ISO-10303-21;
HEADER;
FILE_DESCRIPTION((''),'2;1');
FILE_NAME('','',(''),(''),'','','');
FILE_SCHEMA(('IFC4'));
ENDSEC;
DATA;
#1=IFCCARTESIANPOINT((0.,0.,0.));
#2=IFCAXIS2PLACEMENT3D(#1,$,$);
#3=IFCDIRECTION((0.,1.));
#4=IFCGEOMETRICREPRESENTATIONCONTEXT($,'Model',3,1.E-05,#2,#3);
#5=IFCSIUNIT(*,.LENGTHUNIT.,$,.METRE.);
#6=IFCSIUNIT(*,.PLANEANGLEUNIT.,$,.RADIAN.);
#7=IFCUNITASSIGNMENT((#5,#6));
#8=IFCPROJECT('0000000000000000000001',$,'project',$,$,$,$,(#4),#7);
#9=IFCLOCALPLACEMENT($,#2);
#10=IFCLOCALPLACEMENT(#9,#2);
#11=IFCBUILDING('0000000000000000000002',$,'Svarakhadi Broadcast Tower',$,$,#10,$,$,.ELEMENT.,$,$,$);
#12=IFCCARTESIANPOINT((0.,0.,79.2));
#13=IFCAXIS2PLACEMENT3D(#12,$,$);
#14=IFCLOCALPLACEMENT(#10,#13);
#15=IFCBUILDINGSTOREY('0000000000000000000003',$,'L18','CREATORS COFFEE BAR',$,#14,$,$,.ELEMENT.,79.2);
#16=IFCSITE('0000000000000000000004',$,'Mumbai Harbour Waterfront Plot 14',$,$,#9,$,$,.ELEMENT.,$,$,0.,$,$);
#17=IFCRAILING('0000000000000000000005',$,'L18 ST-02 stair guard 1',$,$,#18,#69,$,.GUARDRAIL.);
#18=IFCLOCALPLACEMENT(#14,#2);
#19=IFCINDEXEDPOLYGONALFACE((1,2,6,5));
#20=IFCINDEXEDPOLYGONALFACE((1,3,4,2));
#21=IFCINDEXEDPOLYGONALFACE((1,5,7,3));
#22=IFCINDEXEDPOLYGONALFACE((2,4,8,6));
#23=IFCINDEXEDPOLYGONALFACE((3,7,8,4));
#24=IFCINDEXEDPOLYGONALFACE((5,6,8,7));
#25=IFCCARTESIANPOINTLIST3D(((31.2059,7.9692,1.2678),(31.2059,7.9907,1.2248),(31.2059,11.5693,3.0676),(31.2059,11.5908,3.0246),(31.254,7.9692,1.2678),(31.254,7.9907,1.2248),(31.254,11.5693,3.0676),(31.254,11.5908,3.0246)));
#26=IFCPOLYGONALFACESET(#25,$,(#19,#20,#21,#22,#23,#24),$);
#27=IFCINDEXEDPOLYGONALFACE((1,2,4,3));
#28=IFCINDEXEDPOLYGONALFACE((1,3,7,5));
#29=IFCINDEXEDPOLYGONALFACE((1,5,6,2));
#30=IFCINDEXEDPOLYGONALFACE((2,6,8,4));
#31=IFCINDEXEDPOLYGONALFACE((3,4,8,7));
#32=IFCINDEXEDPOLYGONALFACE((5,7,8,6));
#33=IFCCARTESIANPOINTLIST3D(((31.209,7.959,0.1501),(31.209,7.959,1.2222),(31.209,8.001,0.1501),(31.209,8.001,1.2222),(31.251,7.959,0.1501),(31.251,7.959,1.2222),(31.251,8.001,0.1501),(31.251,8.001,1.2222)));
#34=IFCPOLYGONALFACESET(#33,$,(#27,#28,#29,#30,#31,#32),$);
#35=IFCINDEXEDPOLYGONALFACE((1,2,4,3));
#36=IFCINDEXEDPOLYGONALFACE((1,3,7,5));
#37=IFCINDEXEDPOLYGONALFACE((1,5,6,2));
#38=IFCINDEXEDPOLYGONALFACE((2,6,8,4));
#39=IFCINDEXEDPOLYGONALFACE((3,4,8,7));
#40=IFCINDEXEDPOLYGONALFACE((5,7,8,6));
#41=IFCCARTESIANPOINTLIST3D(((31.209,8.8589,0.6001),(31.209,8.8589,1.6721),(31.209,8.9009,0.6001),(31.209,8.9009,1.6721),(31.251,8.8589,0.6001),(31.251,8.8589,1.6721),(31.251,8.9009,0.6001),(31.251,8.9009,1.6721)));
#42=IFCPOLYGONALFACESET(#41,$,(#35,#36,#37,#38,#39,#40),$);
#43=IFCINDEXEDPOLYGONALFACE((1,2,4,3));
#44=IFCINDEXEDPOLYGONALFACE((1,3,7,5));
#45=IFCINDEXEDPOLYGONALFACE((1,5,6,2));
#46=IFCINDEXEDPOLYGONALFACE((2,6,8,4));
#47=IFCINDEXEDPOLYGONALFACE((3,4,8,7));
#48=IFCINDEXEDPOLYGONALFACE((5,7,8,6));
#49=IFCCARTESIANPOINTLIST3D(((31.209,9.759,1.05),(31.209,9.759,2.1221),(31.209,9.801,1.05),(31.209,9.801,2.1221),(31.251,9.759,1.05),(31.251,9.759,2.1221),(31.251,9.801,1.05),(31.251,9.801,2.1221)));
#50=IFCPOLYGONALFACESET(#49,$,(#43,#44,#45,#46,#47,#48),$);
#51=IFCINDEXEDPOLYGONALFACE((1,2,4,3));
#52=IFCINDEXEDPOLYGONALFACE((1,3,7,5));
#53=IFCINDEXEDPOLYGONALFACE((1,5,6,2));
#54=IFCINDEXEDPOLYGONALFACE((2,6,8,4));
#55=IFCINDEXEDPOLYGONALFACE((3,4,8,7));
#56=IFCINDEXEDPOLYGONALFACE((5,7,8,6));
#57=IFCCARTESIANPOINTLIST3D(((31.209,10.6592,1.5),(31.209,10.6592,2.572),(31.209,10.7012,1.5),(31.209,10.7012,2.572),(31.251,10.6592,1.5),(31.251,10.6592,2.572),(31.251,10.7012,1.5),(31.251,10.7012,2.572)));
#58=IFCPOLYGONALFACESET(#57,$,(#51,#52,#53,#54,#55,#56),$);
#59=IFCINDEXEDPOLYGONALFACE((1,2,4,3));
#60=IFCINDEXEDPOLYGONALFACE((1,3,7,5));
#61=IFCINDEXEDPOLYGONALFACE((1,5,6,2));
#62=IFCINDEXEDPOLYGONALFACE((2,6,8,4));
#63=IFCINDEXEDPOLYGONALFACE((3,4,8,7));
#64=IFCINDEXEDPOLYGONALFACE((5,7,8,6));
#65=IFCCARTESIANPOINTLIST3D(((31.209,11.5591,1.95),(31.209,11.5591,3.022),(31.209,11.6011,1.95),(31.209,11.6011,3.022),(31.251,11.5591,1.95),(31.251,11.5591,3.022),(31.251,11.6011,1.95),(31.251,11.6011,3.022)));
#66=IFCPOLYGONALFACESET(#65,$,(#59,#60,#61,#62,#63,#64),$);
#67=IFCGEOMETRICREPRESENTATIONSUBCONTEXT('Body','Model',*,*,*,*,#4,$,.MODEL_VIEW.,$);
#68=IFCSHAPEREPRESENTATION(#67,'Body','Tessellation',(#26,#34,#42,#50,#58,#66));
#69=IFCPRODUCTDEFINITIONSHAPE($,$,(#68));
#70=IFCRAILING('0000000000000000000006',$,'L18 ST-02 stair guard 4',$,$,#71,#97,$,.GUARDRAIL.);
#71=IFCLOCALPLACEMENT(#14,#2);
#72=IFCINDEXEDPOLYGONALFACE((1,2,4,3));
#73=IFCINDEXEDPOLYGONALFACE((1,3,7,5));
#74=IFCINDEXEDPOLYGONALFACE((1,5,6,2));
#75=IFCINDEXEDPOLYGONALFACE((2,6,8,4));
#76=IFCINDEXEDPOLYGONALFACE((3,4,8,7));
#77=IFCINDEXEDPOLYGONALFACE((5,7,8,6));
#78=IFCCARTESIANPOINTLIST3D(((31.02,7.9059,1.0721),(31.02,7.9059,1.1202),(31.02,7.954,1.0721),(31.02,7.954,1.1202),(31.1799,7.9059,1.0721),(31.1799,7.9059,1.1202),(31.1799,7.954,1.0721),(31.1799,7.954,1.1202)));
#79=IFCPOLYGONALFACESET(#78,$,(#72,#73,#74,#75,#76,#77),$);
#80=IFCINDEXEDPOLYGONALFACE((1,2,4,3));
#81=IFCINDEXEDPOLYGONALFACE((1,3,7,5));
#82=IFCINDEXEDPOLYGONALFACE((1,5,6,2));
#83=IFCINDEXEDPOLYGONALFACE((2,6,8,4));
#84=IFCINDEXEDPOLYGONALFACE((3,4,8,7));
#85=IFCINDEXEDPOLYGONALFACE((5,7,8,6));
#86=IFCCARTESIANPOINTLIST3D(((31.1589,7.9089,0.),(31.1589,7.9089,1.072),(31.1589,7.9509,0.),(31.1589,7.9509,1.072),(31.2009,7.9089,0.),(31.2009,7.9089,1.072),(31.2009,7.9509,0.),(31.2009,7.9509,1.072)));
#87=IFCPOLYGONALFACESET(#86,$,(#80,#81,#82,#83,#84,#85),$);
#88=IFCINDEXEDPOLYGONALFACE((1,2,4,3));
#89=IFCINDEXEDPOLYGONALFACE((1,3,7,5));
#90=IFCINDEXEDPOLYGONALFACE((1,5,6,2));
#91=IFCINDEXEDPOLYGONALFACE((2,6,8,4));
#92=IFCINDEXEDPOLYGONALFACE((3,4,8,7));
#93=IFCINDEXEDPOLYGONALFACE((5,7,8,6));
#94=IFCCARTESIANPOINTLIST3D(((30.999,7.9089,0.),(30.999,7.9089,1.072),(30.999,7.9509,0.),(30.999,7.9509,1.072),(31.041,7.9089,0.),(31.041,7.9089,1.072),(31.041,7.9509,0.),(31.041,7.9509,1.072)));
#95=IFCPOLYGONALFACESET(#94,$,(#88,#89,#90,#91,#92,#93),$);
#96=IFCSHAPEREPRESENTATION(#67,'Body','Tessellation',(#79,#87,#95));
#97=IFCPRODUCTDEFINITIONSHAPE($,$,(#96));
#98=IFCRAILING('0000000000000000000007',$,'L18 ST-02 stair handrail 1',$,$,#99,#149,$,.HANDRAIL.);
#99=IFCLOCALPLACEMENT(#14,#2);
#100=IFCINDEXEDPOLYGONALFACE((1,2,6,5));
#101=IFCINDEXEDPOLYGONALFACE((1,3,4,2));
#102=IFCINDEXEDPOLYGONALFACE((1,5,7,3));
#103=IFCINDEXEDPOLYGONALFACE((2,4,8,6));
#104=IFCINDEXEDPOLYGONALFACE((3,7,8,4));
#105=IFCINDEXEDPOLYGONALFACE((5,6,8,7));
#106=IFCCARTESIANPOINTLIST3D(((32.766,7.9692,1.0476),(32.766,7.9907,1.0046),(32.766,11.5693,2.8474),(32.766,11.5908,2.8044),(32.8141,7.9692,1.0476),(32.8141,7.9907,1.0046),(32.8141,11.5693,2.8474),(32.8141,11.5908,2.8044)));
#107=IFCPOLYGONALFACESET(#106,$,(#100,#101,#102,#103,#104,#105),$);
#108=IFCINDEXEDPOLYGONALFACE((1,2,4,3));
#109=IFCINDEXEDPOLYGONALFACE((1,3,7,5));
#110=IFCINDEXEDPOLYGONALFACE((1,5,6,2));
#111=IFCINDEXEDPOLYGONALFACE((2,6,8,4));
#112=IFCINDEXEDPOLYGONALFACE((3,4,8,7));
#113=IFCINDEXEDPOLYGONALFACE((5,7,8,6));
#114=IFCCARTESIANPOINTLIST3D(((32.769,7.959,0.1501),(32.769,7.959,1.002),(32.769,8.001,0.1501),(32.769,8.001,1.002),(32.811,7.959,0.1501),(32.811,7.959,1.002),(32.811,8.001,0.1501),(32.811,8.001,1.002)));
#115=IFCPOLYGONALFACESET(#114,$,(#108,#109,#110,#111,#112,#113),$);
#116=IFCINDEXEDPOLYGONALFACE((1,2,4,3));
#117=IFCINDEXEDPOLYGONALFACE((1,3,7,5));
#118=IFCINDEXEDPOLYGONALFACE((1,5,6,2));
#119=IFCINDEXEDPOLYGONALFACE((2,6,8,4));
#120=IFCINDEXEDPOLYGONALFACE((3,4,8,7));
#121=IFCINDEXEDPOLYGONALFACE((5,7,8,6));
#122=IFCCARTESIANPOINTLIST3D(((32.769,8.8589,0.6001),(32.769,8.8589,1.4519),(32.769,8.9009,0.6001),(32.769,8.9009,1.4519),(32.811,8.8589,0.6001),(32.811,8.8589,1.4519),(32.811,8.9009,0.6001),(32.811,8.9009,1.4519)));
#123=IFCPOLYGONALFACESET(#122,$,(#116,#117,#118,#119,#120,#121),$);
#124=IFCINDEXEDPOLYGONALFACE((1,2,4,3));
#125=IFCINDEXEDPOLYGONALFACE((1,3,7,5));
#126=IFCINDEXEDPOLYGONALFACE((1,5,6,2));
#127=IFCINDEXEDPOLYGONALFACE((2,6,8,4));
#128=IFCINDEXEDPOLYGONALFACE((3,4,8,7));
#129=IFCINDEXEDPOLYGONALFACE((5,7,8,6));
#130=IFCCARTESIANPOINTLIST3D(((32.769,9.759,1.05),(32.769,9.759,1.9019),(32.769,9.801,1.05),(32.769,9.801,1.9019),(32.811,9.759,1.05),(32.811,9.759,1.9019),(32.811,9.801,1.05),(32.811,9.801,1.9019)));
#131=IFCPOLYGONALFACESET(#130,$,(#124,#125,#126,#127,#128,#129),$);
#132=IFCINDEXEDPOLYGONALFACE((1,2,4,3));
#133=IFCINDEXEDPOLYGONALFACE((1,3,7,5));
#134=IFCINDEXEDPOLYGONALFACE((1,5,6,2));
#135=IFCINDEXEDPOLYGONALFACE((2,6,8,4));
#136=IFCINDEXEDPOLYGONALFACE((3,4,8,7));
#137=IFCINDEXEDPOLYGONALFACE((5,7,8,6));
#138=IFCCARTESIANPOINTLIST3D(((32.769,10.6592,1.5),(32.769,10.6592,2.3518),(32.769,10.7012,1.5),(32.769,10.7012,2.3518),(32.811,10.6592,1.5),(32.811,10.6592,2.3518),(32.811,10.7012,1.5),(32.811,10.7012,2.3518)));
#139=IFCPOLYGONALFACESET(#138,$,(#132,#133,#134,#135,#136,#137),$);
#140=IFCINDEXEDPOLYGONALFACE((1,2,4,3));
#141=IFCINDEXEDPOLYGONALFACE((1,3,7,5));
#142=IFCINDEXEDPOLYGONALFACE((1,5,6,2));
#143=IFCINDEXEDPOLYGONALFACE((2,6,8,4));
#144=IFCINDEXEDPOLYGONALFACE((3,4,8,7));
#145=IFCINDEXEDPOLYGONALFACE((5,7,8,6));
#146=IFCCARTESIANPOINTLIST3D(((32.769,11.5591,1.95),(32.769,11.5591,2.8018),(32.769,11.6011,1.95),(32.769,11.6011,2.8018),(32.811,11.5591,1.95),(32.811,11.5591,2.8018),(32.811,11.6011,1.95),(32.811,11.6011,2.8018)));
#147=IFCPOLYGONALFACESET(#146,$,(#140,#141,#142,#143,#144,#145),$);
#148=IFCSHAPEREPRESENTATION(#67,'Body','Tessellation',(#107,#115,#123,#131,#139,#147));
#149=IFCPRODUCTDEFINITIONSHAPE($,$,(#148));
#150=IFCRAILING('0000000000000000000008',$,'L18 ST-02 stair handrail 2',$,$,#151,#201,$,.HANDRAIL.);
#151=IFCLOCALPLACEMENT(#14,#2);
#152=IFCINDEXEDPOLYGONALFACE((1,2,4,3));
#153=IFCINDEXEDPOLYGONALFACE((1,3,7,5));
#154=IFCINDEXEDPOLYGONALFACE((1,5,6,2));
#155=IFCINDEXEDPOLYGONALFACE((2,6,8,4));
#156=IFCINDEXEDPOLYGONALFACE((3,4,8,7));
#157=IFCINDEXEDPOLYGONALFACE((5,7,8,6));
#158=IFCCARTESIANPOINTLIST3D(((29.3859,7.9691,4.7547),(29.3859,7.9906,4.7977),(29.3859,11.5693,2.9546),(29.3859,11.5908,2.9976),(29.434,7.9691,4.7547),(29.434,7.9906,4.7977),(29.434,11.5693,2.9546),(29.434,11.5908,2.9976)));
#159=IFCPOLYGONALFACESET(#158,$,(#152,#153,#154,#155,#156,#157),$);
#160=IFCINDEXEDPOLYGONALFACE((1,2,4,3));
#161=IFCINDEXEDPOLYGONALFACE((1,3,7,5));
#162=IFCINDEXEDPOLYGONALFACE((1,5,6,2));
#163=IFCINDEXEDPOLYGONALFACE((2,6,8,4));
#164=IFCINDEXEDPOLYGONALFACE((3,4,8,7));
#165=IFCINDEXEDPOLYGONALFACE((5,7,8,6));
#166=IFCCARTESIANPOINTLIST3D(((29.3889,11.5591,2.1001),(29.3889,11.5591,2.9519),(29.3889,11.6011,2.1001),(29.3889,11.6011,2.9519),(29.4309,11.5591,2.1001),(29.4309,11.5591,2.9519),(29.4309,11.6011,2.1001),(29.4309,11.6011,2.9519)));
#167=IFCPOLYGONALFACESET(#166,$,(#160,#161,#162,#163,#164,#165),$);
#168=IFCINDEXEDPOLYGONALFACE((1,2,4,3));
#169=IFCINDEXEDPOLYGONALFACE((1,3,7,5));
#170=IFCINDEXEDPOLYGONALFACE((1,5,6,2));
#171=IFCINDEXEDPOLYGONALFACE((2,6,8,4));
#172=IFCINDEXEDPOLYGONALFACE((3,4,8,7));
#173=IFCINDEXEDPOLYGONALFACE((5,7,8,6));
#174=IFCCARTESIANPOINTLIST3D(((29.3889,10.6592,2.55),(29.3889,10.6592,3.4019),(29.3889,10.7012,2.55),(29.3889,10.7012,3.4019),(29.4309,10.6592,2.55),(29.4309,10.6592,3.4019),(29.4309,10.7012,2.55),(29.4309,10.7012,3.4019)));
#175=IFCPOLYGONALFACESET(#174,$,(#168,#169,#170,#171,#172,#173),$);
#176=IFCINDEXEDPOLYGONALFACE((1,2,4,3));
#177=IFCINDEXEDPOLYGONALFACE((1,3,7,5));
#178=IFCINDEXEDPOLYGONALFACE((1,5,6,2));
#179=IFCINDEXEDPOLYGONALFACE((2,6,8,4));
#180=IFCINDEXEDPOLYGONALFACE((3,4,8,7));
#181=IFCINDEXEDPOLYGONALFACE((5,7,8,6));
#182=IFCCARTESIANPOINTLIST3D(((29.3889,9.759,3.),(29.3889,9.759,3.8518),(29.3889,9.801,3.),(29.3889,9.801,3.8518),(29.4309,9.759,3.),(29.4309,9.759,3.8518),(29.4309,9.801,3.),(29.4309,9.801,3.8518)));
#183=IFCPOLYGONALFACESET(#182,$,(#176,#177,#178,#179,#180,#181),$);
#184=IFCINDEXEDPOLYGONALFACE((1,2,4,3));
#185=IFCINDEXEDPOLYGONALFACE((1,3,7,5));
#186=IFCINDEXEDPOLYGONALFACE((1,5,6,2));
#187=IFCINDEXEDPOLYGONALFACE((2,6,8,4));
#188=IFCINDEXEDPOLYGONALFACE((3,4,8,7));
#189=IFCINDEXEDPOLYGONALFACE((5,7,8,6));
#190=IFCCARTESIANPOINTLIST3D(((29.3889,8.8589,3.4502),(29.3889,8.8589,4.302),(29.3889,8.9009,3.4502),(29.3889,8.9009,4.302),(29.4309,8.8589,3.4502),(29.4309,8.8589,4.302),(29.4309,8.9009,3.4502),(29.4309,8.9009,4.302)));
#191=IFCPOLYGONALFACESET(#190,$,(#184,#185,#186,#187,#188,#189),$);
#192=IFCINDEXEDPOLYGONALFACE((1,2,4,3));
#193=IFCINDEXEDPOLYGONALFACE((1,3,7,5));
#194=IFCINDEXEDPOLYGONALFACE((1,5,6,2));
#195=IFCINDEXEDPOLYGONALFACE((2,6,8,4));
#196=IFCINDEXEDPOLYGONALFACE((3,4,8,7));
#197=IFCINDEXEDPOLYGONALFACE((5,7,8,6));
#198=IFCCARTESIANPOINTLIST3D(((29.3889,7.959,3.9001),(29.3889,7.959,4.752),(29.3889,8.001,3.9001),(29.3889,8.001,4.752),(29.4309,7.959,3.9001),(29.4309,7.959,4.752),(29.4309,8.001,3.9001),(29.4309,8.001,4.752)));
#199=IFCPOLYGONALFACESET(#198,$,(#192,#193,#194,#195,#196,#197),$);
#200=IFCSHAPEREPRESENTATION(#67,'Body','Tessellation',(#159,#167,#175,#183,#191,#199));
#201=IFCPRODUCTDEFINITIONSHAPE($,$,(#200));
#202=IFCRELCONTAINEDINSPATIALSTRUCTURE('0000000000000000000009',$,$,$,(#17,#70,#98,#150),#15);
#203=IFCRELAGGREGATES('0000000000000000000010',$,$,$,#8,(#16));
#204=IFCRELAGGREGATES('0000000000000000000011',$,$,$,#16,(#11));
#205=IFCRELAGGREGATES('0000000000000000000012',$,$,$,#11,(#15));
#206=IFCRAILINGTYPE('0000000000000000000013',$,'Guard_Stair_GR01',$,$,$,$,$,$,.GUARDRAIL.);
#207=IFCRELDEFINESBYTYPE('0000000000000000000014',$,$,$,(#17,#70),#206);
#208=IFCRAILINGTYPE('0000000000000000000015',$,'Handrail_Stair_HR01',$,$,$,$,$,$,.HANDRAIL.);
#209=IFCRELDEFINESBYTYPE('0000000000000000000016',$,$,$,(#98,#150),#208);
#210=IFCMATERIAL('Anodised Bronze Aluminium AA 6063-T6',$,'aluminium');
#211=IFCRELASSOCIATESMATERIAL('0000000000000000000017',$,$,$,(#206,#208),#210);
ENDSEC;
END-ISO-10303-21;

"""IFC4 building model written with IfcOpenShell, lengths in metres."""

from ifc_helpers import new_model, si_unit, direction, frame, origin, origin_2d, place, context, subcontext, project, spatial, rectangle, extrude, material, type_object, element, save


model = new_model("IFC4")

# Units and contexts
model_context = context("Model", 3, precision=1e-05, world=origin(), true_north=direction((0.0, 1.0)))
body_context = subcontext(model_context, "Body", "Model", "MODEL_VIEW")
ifc_project = project(units=[si_unit("LENGTHUNIT", "METRE"), si_unit("PLANEANGLEUNIT", "RADIAN")], contexts=[model_context])

# Site, building, storey
site_placement = place(None, origin())
site = spatial("IfcSite", under=ifc_project, at=site_placement, Name="Mumbai Harbour Waterfront Plot 14", CompositionType="ELEMENT", RefElevation=0.0)
building_placement = place(site_placement, origin())
building = spatial("IfcBuilding", under=site, at=building_placement, Name="Svarakhadi Broadcast Tower", CompositionType="ELEMENT")
storey_placement = place(building_placement, frame((0.0, 0.0, 79.2)))
storey = spatial("IfcBuildingStorey", under=building, at=storey_placement, Name="L18", Description="CREATORS COFFEE BAR", CompositionType="ELEMENT", Elevation=79.2)

# Shared definitions
ifc_material_1 = material(Name="Anodised Bronze Aluminium AA 6063-T6", Category="aluminium")

# Railings
railing_type_1 = type_object("IfcRailingType", Name="Guard_Stair_GR01", PredefinedType="GUARDRAIL", material=ifc_material_1)
railing_1_placement = place(storey_placement, frame((31.23, 7.98, 0.1501)))
element("IfcRailing", 1, at=railing_1_placement, inside=storey, type_object=railing_type_1, Name="L18 ST-02 stair guard 1", PredefinedType="GUARDRAIL", context=body_context, shape_type="SweptSolid", body=[
    extrude(rectangle(XDim=0.0481, YDim=0.0481, at=origin_2d()), frame((0.0, 0.0, 1.0962), z_axis=(0.0, 0.894451, 0.447165), x_axis=(-1.0, 0.0, 0.0)), (0.0, 0.0, 1.0), 4.0249),
    extrude(rectangle(XDim=0.042, YDim=0.042, at=origin_2d()), origin(), (0.0, 0.0, 1.0), 1.072),
    extrude(rectangle(XDim=0.042, YDim=0.042, at=origin_2d()), frame((0.0, 0.8999, 0.45)), (0.0, 0.0, 1.0), 1.072),
    extrude(rectangle(XDim=0.042, YDim=0.042, at=origin_2d()), frame((0.0, 1.8, 0.8999)), (0.0, 0.0, 1.0), 1.072),
    extrude(rectangle(XDim=0.042, YDim=0.042, at=origin_2d()), frame((0.0, 2.7002, 1.3499)), (0.0, 0.0, 1.0), 1.072),
    extrude(rectangle(XDim=0.042, YDim=0.042, at=origin_2d()), frame((0.0, 3.6001, 1.7998)), (0.0, 0.0, 1.0), 1.072),
])
railing_2_placement = place(storey_placement, frame((31.1799, 7.9299, 0.0)))
element("IfcRailing", 2, at=railing_2_placement, inside=storey, type_object=railing_type_1, Name="L18 ST-02 stair guard 4", PredefinedType="GUARDRAIL", context=body_context, shape_type="SweptSolid", body=[
    extrude(rectangle(XDim=0.0481, YDim=0.0481, at=origin_2d()), frame((0.0, 0.0, 1.0962), z_axis=(-1.0, 0.0, 0.0), x_axis=(0.0, -1.0, 0.0)), (0.0, 0.0, 1.0), 0.1599),
    extrude(rectangle(XDim=0.042, YDim=0.042, at=origin_2d()), origin(), (0.0, 0.0, 1.0), 1.072),
    extrude(rectangle(XDim=0.042, YDim=0.042, at=origin_2d()), frame((-0.1599, 0.0, 0.0)), (0.0, 0.0, 1.0), 1.072),
])
railing_type_2 = type_object("IfcRailingType", Name="Handrail_Stair_HR01", PredefinedType="HANDRAIL", material=ifc_material_1)
railing_3_placement = place(storey_placement, frame((32.79, 7.98, 0.1501)))
element("IfcRailing", 3, at=railing_3_placement, inside=storey, type_object=railing_type_2, Name="L18 ST-02 stair handrail 1", PredefinedType="HANDRAIL", context=body_context, shape_type="SweptSolid", body=[
    extrude(rectangle(XDim=0.0481, YDim=0.0481, at=origin_2d()), frame((0.0, 0.0, 0.876), z_axis=(0.0, 0.894451, 0.447165), x_axis=(-1.0, 0.0, 0.0)), (0.0, 0.0, 1.0), 4.0249),
    extrude(rectangle(XDim=0.042, YDim=0.042, at=origin_2d()), origin(), (0.0, 0.0, 1.0), 0.8518),
    extrude(rectangle(XDim=0.042, YDim=0.042, at=origin_2d()), frame((0.0, 0.8999, 0.45)), (0.0, 0.0, 1.0), 0.8518),
    extrude(rectangle(XDim=0.042, YDim=0.042, at=origin_2d()), frame((0.0, 1.8, 0.8999)), (0.0, 0.0, 1.0), 0.8518),
    extrude(rectangle(XDim=0.042, YDim=0.042, at=origin_2d()), frame((0.0, 2.7002, 1.3499)), (0.0, 0.0, 1.0), 0.8518),
    extrude(rectangle(XDim=0.042, YDim=0.042, at=origin_2d()), frame((0.0, 3.6001, 1.7998)), (0.0, 0.0, 1.0), 0.8518),
])
railing_4_placement = place(storey_placement, frame((29.4099, 11.5801, 2.1001)))
element("IfcRailing", 4, at=railing_4_placement, inside=storey, type_object=railing_type_2, Name="L18 ST-02 stair handrail 2", PredefinedType="HANDRAIL", context=body_context, shape_type="SweptSolid", body=[
    extrude(rectangle(XDim=0.0481, YDim=0.0481, at=origin_2d()), frame((0.0, 0.0, 0.876), z_axis=(0.0, -0.894427, 0.447214), x_axis=(1.0, 0.0, 0.0)), (0.0, 0.0, 1.0), 4.0251),
    extrude(rectangle(XDim=0.042, YDim=0.042, at=origin_2d()), origin(), (0.0, 0.0, 1.0), 0.8518),
    extrude(rectangle(XDim=0.042, YDim=0.042, at=origin_2d()), frame((0.0, -0.8999, 0.45)), (0.0, 0.0, 1.0), 0.8518),
    extrude(rectangle(XDim=0.042, YDim=0.042, at=origin_2d()), frame((0.0, -1.8, 0.8999)), (0.0, 0.0, 1.0), 0.8518),
    extrude(rectangle(XDim=0.042, YDim=0.042, at=origin_2d()), frame((0.0, -2.7002, 1.3501)), (0.0, 0.0, 1.0), 0.8518),
    extrude(rectangle(XDim=0.042, YDim=0.042, at=origin_2d()), frame((0.0, -3.6001, 1.8)), (0.0, 0.0, 1.0), 0.8518),
])

save(model, "model.ifc")
